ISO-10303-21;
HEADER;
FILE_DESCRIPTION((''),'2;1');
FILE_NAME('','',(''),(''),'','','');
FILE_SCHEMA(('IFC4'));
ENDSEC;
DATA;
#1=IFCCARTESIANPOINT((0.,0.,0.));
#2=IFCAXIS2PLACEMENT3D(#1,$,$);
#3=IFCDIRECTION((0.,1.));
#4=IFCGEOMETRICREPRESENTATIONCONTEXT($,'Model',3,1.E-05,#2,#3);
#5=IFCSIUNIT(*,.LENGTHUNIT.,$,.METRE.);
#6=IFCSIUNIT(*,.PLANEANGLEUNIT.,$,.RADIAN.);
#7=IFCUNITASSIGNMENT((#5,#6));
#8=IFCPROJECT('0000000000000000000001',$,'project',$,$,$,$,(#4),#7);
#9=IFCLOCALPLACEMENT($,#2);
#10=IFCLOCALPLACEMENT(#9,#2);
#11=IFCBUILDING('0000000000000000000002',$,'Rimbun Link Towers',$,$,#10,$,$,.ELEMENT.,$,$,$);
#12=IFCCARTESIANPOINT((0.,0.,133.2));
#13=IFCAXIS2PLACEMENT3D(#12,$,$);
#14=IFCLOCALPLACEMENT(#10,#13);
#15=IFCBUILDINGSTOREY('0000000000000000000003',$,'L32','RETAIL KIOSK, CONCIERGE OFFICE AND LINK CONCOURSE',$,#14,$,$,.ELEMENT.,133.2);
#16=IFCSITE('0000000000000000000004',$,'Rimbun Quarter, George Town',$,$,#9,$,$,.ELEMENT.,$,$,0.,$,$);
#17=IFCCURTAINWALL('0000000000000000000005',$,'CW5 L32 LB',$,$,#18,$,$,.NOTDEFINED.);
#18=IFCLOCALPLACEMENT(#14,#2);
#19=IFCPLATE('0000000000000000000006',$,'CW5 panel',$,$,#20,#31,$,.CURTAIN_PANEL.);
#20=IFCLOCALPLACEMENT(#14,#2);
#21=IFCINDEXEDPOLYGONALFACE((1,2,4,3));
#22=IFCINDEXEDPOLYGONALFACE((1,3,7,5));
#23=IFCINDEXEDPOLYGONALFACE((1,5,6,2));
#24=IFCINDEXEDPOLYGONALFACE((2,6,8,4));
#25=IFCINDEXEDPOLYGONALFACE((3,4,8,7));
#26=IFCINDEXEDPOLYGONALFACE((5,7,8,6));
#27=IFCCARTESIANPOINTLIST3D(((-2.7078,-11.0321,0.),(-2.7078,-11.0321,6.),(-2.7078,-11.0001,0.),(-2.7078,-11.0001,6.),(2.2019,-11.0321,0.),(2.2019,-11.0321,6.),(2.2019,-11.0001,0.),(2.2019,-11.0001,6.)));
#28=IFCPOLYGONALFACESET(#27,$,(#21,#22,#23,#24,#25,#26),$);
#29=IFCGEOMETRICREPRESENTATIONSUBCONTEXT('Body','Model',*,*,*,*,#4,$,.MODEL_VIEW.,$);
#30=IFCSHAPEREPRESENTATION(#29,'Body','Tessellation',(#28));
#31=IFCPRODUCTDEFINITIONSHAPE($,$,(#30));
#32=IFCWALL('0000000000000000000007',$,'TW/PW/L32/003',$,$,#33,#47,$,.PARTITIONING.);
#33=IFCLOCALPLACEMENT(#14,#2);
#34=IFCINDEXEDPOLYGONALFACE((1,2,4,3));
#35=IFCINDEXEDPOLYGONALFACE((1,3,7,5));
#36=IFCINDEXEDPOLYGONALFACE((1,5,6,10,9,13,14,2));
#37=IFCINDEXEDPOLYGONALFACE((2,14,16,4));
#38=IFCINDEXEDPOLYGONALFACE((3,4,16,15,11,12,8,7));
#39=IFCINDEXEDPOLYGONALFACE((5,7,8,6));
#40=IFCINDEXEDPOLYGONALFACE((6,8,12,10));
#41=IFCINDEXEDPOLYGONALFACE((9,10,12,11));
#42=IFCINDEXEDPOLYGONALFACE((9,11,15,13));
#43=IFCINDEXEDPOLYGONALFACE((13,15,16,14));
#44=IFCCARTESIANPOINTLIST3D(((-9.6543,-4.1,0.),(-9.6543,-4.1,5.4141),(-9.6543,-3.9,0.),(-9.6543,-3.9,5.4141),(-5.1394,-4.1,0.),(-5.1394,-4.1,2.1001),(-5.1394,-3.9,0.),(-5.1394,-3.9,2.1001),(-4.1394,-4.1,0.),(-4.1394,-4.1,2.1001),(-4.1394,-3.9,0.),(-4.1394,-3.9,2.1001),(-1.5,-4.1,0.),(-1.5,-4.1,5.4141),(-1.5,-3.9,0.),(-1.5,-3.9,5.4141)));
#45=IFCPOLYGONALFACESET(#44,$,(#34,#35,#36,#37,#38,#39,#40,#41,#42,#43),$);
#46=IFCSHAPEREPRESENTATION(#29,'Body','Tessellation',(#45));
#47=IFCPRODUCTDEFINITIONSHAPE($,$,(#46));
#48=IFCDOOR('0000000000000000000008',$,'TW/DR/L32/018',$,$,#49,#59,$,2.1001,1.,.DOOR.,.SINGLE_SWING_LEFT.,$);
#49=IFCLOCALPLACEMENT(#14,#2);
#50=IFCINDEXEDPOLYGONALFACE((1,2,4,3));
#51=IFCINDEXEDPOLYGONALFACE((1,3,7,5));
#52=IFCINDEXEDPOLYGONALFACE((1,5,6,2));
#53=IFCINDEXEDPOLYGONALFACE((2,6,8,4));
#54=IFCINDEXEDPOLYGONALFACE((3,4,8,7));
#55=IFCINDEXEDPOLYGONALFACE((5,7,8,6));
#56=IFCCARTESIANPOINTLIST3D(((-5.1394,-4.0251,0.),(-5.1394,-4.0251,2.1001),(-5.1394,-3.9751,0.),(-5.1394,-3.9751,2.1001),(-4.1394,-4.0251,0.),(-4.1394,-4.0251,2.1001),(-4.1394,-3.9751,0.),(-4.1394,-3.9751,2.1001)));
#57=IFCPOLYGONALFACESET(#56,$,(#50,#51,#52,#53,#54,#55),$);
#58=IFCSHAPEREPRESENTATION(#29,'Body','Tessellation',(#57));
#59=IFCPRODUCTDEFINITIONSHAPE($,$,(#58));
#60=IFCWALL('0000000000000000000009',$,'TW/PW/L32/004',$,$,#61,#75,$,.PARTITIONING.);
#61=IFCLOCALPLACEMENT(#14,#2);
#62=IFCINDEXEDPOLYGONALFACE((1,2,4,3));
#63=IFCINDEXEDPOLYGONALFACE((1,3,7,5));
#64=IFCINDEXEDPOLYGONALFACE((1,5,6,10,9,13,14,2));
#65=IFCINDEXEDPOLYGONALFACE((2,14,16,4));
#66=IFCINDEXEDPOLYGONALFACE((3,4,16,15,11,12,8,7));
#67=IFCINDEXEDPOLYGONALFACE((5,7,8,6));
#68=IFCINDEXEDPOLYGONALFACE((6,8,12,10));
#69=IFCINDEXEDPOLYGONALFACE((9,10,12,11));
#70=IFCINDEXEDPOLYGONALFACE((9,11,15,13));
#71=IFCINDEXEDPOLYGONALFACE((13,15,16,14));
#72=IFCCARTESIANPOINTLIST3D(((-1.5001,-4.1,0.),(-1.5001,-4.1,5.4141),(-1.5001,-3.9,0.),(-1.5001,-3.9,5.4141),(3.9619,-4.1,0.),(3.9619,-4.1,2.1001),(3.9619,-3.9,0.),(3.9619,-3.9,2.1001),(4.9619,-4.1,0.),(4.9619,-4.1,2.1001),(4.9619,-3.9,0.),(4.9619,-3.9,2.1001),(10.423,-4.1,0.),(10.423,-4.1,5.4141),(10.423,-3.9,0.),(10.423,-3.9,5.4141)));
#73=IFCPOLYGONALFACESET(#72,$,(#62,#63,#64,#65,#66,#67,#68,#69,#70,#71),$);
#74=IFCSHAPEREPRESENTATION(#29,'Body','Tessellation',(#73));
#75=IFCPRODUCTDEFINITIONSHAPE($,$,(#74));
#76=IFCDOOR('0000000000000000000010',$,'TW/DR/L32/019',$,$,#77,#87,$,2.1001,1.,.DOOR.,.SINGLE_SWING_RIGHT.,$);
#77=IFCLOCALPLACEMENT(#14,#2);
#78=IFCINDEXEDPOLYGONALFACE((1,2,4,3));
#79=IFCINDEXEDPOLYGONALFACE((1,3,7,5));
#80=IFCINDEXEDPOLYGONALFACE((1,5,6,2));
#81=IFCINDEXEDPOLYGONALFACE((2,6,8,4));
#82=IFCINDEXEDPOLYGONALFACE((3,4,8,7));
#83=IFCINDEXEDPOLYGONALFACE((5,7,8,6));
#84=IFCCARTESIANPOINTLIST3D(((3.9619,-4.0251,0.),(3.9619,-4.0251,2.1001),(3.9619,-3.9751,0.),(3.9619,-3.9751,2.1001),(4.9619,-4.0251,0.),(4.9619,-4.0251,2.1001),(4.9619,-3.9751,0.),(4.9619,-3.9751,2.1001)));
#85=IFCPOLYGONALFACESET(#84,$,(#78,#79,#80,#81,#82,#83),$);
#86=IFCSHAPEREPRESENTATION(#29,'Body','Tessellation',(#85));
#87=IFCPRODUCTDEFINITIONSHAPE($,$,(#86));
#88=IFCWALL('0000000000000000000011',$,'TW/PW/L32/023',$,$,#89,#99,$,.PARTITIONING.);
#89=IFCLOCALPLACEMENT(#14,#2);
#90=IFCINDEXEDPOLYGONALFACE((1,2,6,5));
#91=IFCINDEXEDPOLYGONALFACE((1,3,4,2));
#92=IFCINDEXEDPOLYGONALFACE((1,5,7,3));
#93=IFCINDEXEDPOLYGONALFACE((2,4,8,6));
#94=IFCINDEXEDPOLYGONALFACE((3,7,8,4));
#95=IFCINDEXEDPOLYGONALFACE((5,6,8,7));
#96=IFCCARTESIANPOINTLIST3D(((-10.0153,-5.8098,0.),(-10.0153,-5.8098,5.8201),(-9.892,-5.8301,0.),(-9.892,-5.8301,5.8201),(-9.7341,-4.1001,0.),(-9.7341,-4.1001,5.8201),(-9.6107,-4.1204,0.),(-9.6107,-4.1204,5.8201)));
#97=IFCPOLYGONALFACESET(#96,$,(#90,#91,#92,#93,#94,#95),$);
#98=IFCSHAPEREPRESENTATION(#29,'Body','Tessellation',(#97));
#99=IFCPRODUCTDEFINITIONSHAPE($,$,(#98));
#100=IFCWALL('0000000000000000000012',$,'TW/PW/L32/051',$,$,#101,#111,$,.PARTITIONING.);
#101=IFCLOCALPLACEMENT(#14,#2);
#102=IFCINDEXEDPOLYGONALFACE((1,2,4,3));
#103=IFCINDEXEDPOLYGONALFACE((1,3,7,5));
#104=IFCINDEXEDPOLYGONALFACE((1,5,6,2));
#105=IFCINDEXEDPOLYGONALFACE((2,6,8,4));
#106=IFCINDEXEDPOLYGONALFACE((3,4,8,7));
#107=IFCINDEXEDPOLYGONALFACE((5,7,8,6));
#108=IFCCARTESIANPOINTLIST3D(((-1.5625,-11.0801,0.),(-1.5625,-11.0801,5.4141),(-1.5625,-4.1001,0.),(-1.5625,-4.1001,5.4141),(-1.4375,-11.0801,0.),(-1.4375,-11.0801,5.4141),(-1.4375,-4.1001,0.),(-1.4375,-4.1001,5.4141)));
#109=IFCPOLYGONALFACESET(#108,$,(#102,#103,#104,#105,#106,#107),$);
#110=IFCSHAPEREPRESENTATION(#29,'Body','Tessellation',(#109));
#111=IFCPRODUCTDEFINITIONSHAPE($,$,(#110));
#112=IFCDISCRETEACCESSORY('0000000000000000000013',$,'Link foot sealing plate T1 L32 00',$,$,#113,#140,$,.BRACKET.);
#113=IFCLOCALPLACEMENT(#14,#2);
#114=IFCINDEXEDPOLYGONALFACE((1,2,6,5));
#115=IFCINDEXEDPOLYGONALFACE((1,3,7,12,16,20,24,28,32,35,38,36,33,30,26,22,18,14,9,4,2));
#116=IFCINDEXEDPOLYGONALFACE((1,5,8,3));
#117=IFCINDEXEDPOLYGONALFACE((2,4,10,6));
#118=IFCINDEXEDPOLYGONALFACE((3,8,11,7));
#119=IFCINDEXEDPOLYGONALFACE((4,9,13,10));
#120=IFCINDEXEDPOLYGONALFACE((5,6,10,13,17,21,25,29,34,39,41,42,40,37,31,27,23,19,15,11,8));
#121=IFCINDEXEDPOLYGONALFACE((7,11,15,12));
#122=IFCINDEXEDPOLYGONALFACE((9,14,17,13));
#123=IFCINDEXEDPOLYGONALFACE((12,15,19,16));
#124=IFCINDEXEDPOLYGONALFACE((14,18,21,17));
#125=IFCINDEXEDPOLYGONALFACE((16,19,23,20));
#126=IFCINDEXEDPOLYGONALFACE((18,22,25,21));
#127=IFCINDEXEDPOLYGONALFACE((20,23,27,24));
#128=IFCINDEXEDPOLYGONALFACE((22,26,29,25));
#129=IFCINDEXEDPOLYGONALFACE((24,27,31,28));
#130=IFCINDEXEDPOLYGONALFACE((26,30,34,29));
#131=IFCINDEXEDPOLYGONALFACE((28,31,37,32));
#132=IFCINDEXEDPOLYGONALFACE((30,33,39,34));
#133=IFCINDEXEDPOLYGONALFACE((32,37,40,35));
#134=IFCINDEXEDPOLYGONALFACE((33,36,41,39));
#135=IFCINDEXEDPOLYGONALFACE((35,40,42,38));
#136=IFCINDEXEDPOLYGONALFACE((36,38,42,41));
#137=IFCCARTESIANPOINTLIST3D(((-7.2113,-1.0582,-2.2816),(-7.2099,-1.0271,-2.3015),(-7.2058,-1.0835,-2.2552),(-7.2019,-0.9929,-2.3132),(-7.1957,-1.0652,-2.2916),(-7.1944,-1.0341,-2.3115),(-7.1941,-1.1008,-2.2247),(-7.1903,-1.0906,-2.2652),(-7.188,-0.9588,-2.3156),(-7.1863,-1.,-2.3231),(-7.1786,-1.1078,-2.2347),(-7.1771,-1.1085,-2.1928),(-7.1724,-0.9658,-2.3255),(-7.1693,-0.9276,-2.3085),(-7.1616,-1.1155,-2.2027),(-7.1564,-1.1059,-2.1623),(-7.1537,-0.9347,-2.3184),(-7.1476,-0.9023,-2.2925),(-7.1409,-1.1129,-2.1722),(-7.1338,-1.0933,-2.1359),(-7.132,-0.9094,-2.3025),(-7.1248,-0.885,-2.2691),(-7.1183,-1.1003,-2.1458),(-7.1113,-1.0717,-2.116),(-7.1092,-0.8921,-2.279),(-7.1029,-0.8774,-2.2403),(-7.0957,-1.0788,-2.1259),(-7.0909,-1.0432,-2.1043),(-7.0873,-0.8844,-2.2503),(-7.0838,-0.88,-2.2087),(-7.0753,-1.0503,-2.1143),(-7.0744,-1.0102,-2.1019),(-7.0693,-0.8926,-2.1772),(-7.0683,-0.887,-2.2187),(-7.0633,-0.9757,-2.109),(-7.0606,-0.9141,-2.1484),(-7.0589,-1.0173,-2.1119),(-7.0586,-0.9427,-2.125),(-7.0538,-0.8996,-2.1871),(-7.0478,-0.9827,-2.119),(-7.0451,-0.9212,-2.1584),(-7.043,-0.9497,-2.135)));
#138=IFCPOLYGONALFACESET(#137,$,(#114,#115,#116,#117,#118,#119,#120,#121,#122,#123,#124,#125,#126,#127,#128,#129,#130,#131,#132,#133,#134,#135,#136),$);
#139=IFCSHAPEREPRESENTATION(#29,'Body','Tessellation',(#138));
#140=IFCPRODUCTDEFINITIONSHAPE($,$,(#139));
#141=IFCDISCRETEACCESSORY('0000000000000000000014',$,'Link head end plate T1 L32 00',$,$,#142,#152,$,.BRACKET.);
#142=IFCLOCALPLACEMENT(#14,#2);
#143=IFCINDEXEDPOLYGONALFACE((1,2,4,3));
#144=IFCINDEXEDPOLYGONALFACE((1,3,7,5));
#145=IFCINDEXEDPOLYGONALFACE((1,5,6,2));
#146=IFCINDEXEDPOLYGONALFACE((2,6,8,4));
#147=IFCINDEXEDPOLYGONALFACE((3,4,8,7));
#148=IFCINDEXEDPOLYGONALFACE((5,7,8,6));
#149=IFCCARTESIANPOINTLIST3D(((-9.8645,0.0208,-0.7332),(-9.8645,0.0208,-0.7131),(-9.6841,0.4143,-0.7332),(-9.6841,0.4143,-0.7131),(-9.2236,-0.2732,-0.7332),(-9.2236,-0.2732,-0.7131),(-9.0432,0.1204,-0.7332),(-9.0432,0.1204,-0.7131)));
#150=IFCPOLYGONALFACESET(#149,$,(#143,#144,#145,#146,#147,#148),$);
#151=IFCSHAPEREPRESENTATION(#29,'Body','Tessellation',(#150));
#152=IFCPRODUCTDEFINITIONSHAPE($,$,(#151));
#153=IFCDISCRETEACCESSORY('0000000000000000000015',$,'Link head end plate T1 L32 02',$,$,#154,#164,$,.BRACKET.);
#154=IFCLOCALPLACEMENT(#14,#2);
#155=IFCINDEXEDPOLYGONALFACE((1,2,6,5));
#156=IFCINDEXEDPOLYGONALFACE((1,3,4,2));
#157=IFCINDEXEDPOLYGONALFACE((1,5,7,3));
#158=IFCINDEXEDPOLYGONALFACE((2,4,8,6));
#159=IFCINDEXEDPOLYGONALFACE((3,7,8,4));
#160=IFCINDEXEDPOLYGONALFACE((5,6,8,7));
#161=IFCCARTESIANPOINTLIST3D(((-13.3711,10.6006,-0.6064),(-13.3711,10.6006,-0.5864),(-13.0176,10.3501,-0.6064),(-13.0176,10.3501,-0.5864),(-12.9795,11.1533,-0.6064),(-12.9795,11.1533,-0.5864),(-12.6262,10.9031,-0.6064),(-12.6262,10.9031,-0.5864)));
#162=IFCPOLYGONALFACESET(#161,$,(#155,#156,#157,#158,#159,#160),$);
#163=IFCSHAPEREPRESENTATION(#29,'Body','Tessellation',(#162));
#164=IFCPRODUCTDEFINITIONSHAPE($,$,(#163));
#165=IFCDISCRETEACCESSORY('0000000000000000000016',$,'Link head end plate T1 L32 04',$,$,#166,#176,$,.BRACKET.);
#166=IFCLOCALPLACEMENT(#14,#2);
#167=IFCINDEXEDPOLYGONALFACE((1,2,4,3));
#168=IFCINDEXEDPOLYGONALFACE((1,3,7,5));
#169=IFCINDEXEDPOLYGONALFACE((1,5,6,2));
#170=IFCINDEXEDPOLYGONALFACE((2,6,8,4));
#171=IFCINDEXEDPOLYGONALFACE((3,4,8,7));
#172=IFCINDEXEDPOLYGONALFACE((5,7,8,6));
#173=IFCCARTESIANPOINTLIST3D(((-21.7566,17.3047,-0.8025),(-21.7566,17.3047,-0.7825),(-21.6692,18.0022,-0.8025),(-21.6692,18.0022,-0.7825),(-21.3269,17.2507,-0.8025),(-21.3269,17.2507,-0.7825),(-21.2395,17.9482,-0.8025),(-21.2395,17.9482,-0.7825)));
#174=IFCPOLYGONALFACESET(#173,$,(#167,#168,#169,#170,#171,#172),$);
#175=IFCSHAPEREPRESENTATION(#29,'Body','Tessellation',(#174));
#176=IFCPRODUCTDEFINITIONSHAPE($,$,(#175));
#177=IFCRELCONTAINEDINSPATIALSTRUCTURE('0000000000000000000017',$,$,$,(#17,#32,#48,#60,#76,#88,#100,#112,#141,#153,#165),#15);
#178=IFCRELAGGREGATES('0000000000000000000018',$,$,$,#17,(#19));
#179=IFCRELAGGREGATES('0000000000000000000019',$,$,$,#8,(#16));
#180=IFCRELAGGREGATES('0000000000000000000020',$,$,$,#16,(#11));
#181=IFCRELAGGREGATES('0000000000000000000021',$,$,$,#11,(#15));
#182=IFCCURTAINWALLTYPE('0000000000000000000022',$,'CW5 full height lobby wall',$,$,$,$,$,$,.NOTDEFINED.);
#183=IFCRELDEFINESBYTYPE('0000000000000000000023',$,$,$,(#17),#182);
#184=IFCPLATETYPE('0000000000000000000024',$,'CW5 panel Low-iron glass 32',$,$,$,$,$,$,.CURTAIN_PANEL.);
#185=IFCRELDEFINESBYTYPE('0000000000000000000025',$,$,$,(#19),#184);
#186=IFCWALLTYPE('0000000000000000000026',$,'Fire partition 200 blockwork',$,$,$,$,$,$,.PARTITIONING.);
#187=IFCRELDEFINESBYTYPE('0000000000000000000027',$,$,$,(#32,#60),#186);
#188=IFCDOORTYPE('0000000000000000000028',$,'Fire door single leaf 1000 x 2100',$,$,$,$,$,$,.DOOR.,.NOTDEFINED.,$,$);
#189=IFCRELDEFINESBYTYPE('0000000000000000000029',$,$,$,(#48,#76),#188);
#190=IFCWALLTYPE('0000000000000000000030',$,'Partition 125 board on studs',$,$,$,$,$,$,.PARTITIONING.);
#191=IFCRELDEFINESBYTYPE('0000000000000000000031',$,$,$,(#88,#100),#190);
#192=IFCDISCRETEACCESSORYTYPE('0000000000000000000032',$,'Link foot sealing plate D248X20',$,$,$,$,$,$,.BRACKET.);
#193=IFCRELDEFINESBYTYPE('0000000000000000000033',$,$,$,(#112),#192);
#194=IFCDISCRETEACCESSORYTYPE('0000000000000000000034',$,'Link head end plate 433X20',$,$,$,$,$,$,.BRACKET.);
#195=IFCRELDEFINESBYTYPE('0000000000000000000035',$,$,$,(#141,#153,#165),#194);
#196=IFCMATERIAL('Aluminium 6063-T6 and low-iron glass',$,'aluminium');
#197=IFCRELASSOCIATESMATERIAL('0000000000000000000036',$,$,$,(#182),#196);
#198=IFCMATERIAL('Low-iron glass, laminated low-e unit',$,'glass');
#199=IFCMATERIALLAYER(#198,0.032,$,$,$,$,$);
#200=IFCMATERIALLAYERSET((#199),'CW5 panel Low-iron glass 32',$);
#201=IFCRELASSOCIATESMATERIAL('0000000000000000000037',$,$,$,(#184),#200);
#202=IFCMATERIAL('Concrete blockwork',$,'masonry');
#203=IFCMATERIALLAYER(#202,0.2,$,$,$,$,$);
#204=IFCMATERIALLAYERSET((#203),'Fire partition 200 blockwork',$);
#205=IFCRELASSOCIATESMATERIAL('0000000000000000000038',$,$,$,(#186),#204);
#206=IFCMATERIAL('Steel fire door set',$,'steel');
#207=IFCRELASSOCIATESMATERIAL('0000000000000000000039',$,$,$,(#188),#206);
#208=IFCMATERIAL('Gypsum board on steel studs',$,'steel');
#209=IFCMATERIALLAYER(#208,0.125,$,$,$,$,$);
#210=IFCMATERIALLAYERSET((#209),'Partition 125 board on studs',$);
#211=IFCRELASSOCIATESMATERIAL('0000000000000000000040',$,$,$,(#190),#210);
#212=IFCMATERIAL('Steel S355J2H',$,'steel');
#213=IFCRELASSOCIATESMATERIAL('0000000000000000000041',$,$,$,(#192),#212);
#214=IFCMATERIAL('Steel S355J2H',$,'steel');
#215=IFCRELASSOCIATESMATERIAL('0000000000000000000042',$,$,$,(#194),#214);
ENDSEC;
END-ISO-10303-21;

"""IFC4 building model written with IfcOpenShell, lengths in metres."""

from ifc_helpers import new_model, si_unit, direction, frame, frame_2d, origin, origin_2d, place, context, subcontext, project, spatial, polyline, rectangle, circle, outline, extrude, material, layer, layer_set, material_profile, profile_set, type_object, element, fill, aggregate, save


model = new_model("IFC4")

# Units and contexts
model_context = context("Model", 3, precision=1e-05, world=origin(), true_north=direction((0.0, 1.0)))
body_context = subcontext(model_context, "Body", "Model", "MODEL_VIEW")
ifc_project = project(units=[si_unit("LENGTHUNIT", "METRE"), si_unit("PLANEANGLEUNIT", "RADIAN")], contexts=[model_context])

# Site, building, storey
site_placement = place(None, origin())
site = spatial("IfcSite", under=ifc_project, at=site_placement, Name="Rimbun Quarter, George Town", CompositionType="ELEMENT", RefElevation=0.0)
building_placement = place(site_placement, origin())
building = spatial("IfcBuilding", under=site, at=building_placement, Name="Rimbun Link Towers", CompositionType="ELEMENT")
storey_placement = place(building_placement, frame((0.0, 0.0, 133.2)))
storey = spatial("IfcBuildingStorey", under=building, at=storey_placement, Name="L32", Description="RETAIL KIOSK, CONCIERGE OFFICE AND LINK CONCOURSE", CompositionType="ELEMENT", Elevation=133.2)

# Curtain wall
ifc_material_1 = material(Name="Aluminium 6063-T6 and low-iron glass", Category="aluminium")
curtain_wall_type = type_object("IfcCurtainWallType", Name="CW5 full height lobby wall", PredefinedType="NOTDEFINED", material=ifc_material_1)
curtain_wall_placement = place(storey_placement, origin())
curtain_wall = element("IfcCurtainWall", 1, at=curtain_wall_placement, inside=storey, type_object=curtain_wall_type, Name="CW5 L32 LB", PredefinedType="NOTDEFINED")

# Plate
ifc_material_2 = material(Name="Low-iron glass, laminated low-e unit", Category="glass")
ifc_layer_1 = layer(ifc_material_2, 0.032)
ifc_layer_set_1 = layer_set([ifc_layer_1], Name="CW5 panel Low-iron glass 32")
plate_type = type_object("IfcPlateType", Name="CW5 panel Low-iron glass 32", PredefinedType="CURTAIN_PANEL", material=ifc_layer_set_1)
plate_1_placement = place(storey_placement, frame((-0.2529, -11.0161, 0.0), z_axis=(0.0, 0.0, 1.0), x_axis=(-1.0, 0.0, 0.0)))
plate_1 = element("IfcPlate", 2, at=plate_1_placement, type_object=plate_type, Name="CW5 panel", PredefinedType="CURTAIN_PANEL", context=body_context, shape_type="SweptSolid", body=[
    extrude(rectangle(XDim=4.9097, YDim=0.032, at=origin_2d()), origin(), (0.0, 0.0, 1.0), 6.0),
])
aggregate(curtain_wall, [plate_1])

# Walls, openings, doors
ifc_material_3 = material(Name="Concrete blockwork", Category="masonry")
ifc_layer_2 = layer(ifc_material_3, 0.2)
ifc_layer_set_2 = layer_set([ifc_layer_2], Name="Fire partition 200 blockwork")
wall_type_1 = type_object("IfcWallType", Name="Fire partition 200 blockwork", PredefinedType="PARTITIONING", material=ifc_layer_set_2)
wall_1_placement = place(storey_placement, frame((-9.6543, -4.0, 0.0), z_axis=(0.0, 0.0, 1.0), x_axis=(1.0, 0.0, 0.0)))
wall_1 = element("IfcWall", 3, at=wall_1_placement, inside=storey, type_object=wall_type_1, Name="TW/PW/L32/003", PredefinedType="PARTITIONING", context=body_context, shape_type="SweptSolid", body=[
    extrude(rectangle(XDim=8.1543, YDim=0.2, at=frame_2d((4.0771, 0.0))), origin(), (0.0, 0.0, 1.0), 5.4141),
])
opening_1_placement = place(wall_1_placement, frame((4.5149, 0.0, 0.0)))
opening_1 = element("IfcOpeningElement", 4, at=opening_1_placement, cuts=wall_1, PredefinedType="OPENING", context=body_context, shape_type="SweptSolid", body=[
    extrude(rectangle(XDim=1.0, YDim=2.1001, at=frame_2d((0.5, 1.05))), frame((0.0, 0.1099, 0.0), z_axis=(0.0, -1.0, 0.0), x_axis=(1.0, 0.0, 0.0)), (0.0, 0.0, 1.0), 0.22),
])
ifc_material_4 = material(Name="Steel fire door set", Category="steel")
door_type = type_object("IfcDoorType", Name="Fire door single leaf 1000 x 2100", OperationType="NOTDEFINED", PredefinedType="DOOR", material=ifc_material_4)
door_1_placement = place(opening_1_placement, origin())
door_1 = element("IfcDoor", 5, at=door_1_placement, inside=storey, type_object=door_type, Name="TW/DR/L32/018", OperationType="SINGLE_SWING_LEFT", OverallHeight=2.1001, OverallWidth=1.0, PredefinedType="DOOR", context=body_context, shape_type="SweptSolid", body=[
    extrude(rectangle(XDim=1.0, YDim=2.1001, at=frame_2d((0.5, 1.05))), frame((0.0, 0.0249, 0.0), z_axis=(0.0, -1.0, 0.0), x_axis=(1.0, 0.0, 0.0)), (0.0, 0.0, 1.0), 0.05),
])
fill(opening_1, door_1)
wall_2_placement = place(storey_placement, frame((-1.5, -4.0, 0.0), z_axis=(0.0, 0.0, 1.0), x_axis=(1.0, 0.0, 0.0)))
wall_2 = element("IfcWall", 6, at=wall_2_placement, inside=storey, type_object=wall_type_1, Name="TW/PW/L32/004", PredefinedType="PARTITIONING", context=body_context, shape_type="SweptSolid", body=[
    extrude(rectangle(XDim=11.9231, YDim=0.2, at=frame_2d((5.9614, 0.0))), origin(), (0.0, 0.0, 1.0), 5.4141),
])
opening_2_placement = place(wall_2_placement, frame((5.4619, 0.0, 0.0)))
opening_2 = element("IfcOpeningElement", 7, at=opening_2_placement, cuts=wall_2, PredefinedType="OPENING", context=body_context, shape_type="SweptSolid", body=[
    extrude(rectangle(XDim=1.0, YDim=2.1001, at=frame_2d((0.5, 1.05))), frame((0.0, 0.1099, 0.0), z_axis=(0.0, -1.0, 0.0), x_axis=(1.0, 0.0, 0.0)), (0.0, 0.0, 1.0), 0.22),
])
door_2_placement = place(opening_2_placement, origin())
door_2 = element("IfcDoor", 8, at=door_2_placement, inside=storey, type_object=door_type, Name="TW/DR/L32/019", OperationType="SINGLE_SWING_RIGHT", OverallHeight=2.1001, OverallWidth=1.0, PredefinedType="DOOR", context=body_context, shape_type="SweptSolid", body=[
    extrude(rectangle(XDim=1.0, YDim=2.1001, at=frame_2d((0.5, 1.05))), frame((0.0, 0.0249, 0.0), z_axis=(0.0, -1.0, 0.0), x_axis=(1.0, 0.0, 0.0)), (0.0, 0.0, 1.0), 0.05),
])
fill(opening_2, door_2)

# Walls
ifc_material_5 = material(Name="Gypsum board on steel studs", Category="steel")
ifc_layer_3 = layer(ifc_material_5, 0.125)
ifc_layer_set_3 = layer_set([ifc_layer_3], Name="Partition 125 board on studs")
wall_type_2 = type_object("IfcWallType", Name="Partition 125 board on studs", PredefinedType="PARTITIONING", material=ifc_layer_set_3)
wall_3_placement = place(storey_placement, frame((-9.9536, -5.8198, 0.0), z_axis=(0.0, 0.0, 1.0), x_axis=(0.162319, 0.986738, 0.0)))
element("IfcWall", 9, at=wall_3_placement, inside=storey, type_object=wall_type_2, Name="TW/PW/L32/023", PredefinedType="PARTITIONING", context=body_context, shape_type="SweptSolid", body=[
    extrude(rectangle(XDim=1.7327, YDim=0.125, at=frame_2d((0.8662, 0.0))), origin(), (0.0, 0.0, 1.0), 5.8201),
])
wall_4_placement = place(storey_placement, frame((-1.5, -11.0801, 0.0), z_axis=(0.0, 0.0, 1.0), x_axis=(0.0, 1.0, 0.0)))
element("IfcWall", 10, at=wall_4_placement, inside=storey, type_object=wall_type_2, Name="TW/PW/L32/051", PredefinedType="PARTITIONING", context=body_context, shape_type="SweptSolid", body=[
    extrude(rectangle(XDim=6.98, YDim=0.125, at=frame_2d((3.49, 0.0))), origin(), (0.0, 0.0, 1.0), 5.4141),
])

# Discrete accessories
ifc_material_6 = material(Name="Steel S355J2H", Category="steel")
ifc_material_profile_1 = material_profile(ifc_material_6, circle(Radius=0.124, at=origin_2d()), Name="PL D248")
ifc_profile_set_1 = profile_set([ifc_material_profile_1], Name="Steel S355J2H")
discrete_accessory_type_1 = type_object("IfcDiscreteAccessoryType", Name="Link foot sealing plate D248X20", PredefinedType="BRACKET", material=ifc_profile_set_1)
discrete_accessory_1_placement = place(storey_placement, frame((-7.135, -0.9929, -2.2087), z_axis=(0.786713, -0.35648, -0.503988), x_axis=(0.41273, 0.910853, 0.0)))
element("IfcDiscreteAccessory", 11, at=discrete_accessory_1_placement, inside=storey, type_object=discrete_accessory_type_1, Name="Link foot sealing plate T1 L32 00", PredefinedType="BRACKET", context=body_context, shape_type="SweptSolid", body=[
    extrude(circle(Radius=0.124, at=origin_2d()), origin(), (0.0, 0.0, 1.0), 0.0198),
])
ifc_material_7 = material(Name="Steel S355J2H", Category="steel")
ifc_material_profile_2 = material_profile(ifc_material_7, rectangle(XDim=0.4331, YDim=0.4331, at=origin_2d()), Name="PL 433x433")
ifc_profile_set_2 = profile_set([ifc_material_profile_2], Name="Steel S355J2H")
discrete_accessory_type_2 = type_object("IfcDiscreteAccessoryType", Name="Link head end plate 433X20", PredefinedType="BRACKET", material=ifc_profile_set_2)
discrete_accessory_2_placement = place(storey_placement, frame((0.0, 0.0, -0.7332)))
element("IfcDiscreteAccessory", 12, at=discrete_accessory_2_placement, inside=storey, type_object=discrete_accessory_type_2, Name="Link head end plate T1 L32 00", PredefinedType="BRACKET", context=body_context, shape_type="SweptSolid", body=[
    extrude(outline(polyline([(-9.8645, 0.0208), (-9.2236, -0.2732), (-9.0432, 0.1204), (-9.6841, 0.4143), (-9.8645, 0.0208)])), origin(), (0.0, 0.0, 1.0), 0.02),
])
discrete_accessory_3_placement = place(storey_placement, frame((0.0, 0.0, -0.6064)))
element("IfcDiscreteAccessory", 13, at=discrete_accessory_3_placement, inside=storey, type_object=discrete_accessory_type_2, Name="Link head end plate T1 L32 02", PredefinedType="BRACKET", context=body_context, shape_type="SweptSolid", body=[
    extrude(outline(polyline([(-13.0176, 10.3501), (-12.6262, 10.9031), (-12.9795, 11.1533), (-13.3711, 10.6006), (-13.0176, 10.3501)])), origin(), (0.0, 0.0, 1.0), 0.02),
])
discrete_accessory_4_placement = place(storey_placement, frame((0.0, 0.0, -0.8025)))
element("IfcDiscreteAccessory", 14, at=discrete_accessory_4_placement, inside=storey, type_object=discrete_accessory_type_2, Name="Link head end plate T1 L32 04", PredefinedType="BRACKET", context=body_context, shape_type="SweptSolid", body=[
    extrude(outline(polyline([(-21.3269, 17.2507), (-21.2395, 17.9482), (-21.6692, 18.0022), (-21.7566, 17.3047), (-21.3269, 17.2507)])), origin(), (0.0, 0.0, 1.0), 0.02),
])

save(model, "model.ifc")
